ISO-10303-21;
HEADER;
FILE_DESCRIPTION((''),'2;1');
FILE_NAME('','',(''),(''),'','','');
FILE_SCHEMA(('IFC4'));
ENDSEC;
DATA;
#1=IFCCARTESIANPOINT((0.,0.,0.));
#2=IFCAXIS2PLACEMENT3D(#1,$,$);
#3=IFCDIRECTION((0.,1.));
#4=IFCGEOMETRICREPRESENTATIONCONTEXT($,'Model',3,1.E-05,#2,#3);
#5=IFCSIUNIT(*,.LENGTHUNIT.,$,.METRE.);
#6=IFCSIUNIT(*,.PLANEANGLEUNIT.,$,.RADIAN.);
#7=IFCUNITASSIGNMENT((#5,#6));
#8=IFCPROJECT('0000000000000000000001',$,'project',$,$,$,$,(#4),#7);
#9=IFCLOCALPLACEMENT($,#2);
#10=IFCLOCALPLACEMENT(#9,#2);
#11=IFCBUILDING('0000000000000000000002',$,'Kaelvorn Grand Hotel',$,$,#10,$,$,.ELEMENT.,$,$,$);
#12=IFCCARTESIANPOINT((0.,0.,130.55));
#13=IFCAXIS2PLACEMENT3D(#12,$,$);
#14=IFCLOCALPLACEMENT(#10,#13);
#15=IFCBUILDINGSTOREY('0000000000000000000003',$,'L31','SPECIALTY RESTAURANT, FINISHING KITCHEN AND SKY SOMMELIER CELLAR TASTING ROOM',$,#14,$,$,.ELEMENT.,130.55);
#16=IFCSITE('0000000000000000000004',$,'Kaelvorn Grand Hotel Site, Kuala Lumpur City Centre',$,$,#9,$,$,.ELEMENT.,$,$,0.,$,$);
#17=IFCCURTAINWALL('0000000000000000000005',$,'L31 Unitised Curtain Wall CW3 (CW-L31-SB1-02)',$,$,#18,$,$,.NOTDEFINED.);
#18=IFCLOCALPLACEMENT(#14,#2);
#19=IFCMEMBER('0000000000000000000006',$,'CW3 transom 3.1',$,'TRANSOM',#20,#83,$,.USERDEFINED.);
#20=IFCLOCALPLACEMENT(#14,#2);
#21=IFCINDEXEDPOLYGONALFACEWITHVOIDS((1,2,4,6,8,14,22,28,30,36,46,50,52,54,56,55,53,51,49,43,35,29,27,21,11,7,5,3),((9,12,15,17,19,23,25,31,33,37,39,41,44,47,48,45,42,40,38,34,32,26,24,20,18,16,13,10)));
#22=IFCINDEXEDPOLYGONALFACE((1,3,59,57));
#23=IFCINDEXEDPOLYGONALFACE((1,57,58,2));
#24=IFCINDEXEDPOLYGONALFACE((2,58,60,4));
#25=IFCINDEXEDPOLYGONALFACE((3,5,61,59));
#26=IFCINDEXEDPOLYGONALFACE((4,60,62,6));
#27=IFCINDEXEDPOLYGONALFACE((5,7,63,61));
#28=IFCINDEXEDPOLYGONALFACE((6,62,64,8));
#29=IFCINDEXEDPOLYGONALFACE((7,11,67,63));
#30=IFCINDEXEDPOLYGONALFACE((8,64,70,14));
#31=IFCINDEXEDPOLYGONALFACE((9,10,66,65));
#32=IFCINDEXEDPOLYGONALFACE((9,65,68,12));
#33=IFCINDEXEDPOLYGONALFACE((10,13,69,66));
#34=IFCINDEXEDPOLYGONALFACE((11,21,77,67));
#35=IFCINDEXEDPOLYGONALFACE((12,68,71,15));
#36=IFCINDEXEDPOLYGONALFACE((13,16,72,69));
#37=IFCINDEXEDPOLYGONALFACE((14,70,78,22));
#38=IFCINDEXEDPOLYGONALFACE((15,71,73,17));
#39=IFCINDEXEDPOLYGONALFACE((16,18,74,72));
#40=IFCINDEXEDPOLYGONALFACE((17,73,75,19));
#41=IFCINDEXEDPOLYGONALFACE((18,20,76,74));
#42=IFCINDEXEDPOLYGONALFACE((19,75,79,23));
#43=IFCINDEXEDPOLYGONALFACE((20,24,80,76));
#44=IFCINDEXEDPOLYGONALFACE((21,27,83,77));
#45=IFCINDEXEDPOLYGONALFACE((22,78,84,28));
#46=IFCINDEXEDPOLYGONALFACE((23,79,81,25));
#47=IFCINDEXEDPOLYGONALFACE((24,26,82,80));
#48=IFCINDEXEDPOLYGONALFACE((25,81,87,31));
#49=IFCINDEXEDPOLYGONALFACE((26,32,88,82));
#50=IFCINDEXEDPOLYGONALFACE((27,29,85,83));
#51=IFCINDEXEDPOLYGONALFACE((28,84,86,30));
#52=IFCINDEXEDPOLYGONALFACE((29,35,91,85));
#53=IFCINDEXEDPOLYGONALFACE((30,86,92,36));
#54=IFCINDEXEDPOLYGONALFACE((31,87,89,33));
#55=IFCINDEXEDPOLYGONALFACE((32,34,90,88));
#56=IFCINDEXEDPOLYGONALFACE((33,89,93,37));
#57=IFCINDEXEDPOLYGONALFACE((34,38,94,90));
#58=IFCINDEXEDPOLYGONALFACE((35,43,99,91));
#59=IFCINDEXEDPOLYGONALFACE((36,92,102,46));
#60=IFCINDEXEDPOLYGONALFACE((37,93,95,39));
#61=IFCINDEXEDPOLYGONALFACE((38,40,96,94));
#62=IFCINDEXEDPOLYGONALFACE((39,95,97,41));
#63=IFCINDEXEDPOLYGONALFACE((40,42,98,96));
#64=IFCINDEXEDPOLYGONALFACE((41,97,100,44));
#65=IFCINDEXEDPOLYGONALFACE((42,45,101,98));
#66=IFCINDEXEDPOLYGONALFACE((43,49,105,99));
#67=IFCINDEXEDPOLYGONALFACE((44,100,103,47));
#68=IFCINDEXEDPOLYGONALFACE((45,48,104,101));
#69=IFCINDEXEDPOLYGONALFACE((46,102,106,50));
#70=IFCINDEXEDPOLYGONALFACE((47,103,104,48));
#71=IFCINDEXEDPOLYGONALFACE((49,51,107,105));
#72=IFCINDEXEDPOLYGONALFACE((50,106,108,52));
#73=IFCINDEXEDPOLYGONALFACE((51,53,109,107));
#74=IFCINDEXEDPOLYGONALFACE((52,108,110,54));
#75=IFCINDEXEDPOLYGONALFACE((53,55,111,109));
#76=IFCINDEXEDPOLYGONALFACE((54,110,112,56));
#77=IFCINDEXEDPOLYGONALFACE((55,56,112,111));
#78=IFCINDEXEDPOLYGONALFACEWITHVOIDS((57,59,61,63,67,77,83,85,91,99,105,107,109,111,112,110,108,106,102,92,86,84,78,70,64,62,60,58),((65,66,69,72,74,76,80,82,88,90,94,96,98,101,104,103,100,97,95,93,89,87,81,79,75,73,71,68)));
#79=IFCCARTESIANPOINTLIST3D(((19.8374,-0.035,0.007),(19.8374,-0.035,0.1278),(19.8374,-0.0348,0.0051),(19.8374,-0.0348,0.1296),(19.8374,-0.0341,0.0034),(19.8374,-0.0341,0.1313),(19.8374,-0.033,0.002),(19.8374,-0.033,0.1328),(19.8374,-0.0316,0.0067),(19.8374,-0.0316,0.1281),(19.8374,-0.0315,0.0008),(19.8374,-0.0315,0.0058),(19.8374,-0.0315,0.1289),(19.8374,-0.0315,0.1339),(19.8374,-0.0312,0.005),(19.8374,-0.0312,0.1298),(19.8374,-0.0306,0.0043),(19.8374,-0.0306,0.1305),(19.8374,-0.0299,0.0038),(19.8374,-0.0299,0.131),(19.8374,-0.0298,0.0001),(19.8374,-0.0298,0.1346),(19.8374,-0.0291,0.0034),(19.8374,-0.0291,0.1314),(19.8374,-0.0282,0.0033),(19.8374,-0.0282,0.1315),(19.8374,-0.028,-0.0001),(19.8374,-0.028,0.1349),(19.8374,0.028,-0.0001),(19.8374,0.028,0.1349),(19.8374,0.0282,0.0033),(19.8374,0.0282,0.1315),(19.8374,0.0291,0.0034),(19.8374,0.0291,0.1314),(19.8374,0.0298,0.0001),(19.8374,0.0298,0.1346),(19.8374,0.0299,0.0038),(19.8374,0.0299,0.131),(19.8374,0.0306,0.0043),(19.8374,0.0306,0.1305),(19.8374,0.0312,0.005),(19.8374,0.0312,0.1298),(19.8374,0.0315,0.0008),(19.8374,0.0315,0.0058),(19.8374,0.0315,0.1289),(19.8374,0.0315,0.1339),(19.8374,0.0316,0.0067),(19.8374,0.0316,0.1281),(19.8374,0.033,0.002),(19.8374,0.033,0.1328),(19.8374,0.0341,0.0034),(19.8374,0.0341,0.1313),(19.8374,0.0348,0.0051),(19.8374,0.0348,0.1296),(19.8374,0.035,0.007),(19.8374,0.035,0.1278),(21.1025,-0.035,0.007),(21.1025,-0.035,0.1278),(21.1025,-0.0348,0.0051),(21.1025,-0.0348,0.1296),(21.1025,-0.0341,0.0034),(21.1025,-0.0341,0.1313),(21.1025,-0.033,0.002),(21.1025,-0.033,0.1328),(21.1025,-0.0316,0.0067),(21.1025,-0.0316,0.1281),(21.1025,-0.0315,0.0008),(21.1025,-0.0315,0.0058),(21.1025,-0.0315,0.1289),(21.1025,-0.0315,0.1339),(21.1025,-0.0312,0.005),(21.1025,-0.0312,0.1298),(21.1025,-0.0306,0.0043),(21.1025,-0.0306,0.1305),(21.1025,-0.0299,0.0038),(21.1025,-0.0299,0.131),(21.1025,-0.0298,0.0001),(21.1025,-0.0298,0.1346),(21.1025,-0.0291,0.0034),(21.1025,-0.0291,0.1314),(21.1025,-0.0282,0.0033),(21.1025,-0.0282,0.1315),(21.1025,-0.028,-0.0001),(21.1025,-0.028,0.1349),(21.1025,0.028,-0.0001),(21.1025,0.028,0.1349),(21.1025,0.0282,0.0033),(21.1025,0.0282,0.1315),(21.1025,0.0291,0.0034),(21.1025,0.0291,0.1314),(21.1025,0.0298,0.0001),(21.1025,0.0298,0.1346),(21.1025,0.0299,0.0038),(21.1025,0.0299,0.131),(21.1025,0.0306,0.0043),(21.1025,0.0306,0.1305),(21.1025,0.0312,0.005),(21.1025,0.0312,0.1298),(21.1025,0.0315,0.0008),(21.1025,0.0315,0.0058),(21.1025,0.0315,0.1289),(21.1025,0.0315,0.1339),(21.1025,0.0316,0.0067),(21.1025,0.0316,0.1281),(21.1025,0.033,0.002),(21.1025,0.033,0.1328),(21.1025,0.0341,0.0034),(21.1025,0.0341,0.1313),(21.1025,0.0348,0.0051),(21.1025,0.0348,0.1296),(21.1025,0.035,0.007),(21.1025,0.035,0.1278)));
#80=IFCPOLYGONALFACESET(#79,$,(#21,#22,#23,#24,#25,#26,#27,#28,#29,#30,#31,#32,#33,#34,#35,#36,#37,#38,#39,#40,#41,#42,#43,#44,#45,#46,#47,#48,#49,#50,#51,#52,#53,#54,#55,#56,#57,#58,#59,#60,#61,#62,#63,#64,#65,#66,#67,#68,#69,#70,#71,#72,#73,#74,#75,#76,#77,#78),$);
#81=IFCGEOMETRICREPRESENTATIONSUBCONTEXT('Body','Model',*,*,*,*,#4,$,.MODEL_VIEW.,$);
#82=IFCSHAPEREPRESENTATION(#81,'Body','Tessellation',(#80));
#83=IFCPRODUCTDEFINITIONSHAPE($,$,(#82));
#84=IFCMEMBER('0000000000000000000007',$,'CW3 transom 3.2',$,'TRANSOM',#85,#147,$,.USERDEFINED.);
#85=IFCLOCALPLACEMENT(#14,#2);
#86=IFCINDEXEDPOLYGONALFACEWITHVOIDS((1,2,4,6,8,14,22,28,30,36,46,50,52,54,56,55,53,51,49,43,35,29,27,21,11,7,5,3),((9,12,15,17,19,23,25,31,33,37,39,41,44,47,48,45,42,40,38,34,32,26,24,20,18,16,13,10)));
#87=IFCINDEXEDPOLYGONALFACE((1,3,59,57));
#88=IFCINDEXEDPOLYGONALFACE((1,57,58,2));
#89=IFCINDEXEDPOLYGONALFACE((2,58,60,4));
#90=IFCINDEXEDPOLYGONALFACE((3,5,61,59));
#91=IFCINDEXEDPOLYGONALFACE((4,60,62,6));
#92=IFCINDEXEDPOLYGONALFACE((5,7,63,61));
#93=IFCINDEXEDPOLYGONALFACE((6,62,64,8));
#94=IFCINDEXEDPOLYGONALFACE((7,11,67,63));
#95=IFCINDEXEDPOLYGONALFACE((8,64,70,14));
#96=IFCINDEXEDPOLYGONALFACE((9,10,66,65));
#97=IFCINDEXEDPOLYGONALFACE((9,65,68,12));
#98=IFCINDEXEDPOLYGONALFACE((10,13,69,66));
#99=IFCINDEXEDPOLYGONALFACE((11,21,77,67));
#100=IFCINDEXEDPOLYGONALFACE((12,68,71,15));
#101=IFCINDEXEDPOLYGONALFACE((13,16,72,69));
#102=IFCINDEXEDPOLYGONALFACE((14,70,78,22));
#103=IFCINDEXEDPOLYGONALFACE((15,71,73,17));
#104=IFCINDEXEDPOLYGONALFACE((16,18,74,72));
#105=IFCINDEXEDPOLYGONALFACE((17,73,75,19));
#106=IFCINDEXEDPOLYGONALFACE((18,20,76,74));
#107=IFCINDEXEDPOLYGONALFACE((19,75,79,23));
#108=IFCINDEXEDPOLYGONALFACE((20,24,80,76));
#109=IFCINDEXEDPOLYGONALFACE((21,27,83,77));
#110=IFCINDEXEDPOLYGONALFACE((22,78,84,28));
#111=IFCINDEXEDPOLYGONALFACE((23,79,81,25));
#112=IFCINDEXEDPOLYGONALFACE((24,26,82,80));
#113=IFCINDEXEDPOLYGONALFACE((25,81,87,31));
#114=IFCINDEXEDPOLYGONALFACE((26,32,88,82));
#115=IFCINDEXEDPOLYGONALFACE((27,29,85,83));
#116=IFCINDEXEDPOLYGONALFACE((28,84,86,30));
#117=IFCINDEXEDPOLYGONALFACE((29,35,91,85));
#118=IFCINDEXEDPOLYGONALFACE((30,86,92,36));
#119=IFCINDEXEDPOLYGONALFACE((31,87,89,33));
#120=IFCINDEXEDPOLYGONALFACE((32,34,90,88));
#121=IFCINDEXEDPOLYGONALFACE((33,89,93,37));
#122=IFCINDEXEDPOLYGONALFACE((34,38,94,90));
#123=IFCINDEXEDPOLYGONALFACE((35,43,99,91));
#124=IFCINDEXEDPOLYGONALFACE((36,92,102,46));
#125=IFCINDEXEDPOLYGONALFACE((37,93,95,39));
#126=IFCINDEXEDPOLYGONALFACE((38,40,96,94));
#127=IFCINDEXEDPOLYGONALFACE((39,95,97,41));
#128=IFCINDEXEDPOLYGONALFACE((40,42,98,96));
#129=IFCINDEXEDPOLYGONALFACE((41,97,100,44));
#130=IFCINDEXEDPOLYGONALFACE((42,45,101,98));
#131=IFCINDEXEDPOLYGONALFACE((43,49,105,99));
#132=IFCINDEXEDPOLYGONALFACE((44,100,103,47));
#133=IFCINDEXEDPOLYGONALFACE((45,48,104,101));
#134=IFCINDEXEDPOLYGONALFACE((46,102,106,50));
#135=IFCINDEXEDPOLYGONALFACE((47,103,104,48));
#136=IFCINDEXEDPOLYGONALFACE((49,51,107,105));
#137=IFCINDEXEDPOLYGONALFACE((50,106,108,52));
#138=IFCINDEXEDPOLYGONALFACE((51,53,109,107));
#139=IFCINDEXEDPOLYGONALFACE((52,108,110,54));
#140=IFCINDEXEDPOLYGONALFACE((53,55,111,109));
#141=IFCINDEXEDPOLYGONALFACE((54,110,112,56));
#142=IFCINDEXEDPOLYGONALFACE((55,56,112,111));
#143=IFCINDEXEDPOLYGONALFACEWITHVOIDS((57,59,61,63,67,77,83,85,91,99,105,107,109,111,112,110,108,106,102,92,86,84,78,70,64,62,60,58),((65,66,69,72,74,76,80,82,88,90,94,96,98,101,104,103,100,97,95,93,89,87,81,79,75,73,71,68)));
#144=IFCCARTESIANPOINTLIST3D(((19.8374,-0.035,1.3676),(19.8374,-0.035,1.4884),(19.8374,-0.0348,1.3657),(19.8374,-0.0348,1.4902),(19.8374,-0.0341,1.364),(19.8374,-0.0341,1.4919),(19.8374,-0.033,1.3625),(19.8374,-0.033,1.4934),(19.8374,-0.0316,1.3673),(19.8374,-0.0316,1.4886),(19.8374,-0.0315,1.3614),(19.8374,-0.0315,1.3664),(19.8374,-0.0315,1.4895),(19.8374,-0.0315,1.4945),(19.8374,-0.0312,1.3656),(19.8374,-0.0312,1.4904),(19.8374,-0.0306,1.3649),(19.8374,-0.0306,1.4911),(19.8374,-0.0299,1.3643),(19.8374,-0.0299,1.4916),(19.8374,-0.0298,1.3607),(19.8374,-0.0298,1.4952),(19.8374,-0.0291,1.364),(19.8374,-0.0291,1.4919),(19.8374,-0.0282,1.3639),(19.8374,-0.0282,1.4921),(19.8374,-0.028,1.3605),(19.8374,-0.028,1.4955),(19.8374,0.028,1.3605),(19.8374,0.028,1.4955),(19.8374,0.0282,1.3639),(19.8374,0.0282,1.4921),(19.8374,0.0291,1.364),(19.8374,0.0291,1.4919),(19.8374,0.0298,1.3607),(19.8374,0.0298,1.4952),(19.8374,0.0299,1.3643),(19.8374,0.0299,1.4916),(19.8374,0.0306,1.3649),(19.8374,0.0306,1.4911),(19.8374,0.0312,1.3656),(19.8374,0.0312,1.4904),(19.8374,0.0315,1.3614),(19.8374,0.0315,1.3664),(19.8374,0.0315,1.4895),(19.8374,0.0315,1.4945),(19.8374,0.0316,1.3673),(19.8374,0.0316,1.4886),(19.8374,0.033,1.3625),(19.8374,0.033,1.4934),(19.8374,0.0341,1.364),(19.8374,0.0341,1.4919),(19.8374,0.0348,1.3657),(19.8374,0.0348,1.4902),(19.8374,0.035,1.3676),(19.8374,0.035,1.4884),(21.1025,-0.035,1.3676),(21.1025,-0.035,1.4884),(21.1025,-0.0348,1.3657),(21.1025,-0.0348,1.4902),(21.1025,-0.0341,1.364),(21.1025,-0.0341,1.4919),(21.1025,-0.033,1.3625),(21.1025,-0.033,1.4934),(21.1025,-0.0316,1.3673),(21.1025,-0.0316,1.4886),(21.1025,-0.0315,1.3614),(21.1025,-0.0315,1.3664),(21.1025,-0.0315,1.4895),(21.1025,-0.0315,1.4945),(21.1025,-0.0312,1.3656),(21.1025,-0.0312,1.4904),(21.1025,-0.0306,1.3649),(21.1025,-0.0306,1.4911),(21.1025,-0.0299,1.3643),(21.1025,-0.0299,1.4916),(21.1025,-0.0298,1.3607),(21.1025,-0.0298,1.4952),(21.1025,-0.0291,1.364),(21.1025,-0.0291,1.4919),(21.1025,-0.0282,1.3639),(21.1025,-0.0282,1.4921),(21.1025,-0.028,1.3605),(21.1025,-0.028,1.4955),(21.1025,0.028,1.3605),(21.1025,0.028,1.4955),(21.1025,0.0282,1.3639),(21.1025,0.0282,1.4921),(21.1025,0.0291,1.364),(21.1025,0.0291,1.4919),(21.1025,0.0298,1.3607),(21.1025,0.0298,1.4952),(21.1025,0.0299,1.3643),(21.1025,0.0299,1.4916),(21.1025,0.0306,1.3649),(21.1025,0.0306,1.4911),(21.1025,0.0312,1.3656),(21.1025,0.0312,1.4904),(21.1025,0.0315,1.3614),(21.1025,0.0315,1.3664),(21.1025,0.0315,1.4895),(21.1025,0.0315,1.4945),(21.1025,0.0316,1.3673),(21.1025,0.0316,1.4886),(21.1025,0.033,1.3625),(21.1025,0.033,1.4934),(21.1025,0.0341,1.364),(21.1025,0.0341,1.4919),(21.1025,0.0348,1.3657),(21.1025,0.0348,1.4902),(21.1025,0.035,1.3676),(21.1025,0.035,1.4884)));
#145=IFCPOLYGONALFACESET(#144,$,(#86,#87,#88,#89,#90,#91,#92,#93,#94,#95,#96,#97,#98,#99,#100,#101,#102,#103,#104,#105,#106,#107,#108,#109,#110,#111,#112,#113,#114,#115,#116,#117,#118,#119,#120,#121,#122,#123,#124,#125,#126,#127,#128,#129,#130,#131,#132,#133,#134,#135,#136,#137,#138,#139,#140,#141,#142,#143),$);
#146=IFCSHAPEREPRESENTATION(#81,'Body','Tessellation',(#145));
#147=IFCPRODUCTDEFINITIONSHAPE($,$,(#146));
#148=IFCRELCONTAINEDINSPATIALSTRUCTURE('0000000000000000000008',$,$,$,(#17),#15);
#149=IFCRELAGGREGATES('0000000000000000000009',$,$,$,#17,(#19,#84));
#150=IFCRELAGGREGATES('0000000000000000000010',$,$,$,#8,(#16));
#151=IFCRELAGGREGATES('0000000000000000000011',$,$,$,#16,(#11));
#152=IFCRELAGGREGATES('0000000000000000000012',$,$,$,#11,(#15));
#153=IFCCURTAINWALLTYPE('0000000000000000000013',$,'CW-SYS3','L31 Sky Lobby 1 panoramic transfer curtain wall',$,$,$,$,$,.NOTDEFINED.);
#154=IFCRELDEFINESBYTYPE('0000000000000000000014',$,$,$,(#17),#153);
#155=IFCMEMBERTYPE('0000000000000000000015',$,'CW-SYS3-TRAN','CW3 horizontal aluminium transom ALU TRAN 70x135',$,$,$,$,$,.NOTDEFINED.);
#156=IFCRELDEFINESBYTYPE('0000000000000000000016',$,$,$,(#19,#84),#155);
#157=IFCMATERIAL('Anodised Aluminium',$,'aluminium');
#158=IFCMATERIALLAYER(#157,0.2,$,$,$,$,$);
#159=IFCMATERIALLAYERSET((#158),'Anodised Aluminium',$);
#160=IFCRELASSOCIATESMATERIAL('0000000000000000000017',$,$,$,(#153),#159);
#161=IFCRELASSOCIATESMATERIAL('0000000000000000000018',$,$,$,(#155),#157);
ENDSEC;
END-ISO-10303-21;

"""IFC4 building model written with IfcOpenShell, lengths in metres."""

from ifc_helpers import new_model, si_unit, direction, frame, origin, origin_2d, place, context, subcontext, project, spatial, hollow_rectangle, extrude, material, layer, layer_set, material_profile, profile_set, type_object, element, aggregate, save


model = new_model("IFC4")

# Units and contexts
model_context = context("Model", 3, precision=1e-05, world=origin(), true_north=direction((0.0, 1.0)))
body_context = subcontext(model_context, "Body", "Model", "MODEL_VIEW")
ifc_project = project(units=[si_unit("LENGTHUNIT", "METRE"), si_unit("PLANEANGLEUNIT", "RADIAN")], contexts=[model_context])

# Site, building, storey
site_placement = place(None, origin())
site = spatial("IfcSite", under=ifc_project, at=site_placement, Name="Kaelvorn Grand Hotel Site, Kuala Lumpur City Centre", CompositionType="ELEMENT", RefElevation=0.0)
building_placement = place(site_placement, origin())
building = spatial("IfcBuilding", under=site, at=building_placement, Name="Kaelvorn Grand Hotel", CompositionType="ELEMENT")
storey_placement = place(building_placement, frame((0.0, 0.0, 130.55)))
storey = spatial("IfcBuildingStorey", under=building, at=storey_placement, Name="L31", Description="SPECIALTY RESTAURANT, FINISHING KITCHEN AND SKY SOMMELIER CELLAR TASTING ROOM", CompositionType="ELEMENT", Elevation=130.55)

# Curtain wall, members
ifc_material_1 = material(Name="Anodised Aluminium", Category="aluminium")
ifc_layer_1 = layer(ifc_material_1, 0.2)
ifc_layer_set_1 = layer_set([ifc_layer_1], Name="Anodised Aluminium")
curtain_wall_type = type_object("IfcCurtainWallType", Name="CW-SYS3", Description="L31 Sky Lobby 1 panoramic transfer curtain wall", PredefinedType="NOTDEFINED", material=ifc_layer_set_1)
curtain_wall_placement = place(storey_placement, origin())
curtain_wall = element("IfcCurtainWall", 1, at=curtain_wall_placement, inside=storey, type_object=curtain_wall_type, Name="L31 Unitised Curtain Wall CW3 (CW-L31-SB1-02)", PredefinedType="NOTDEFINED")
ifc_material_profile_1 = material_profile(ifc_material_1, hollow_rectangle(XDim=0.0701, YDim=0.135, WallThickness=0.0034, InnerFilletRadius=0.0034, OuterFilletRadius=0.0071, at=origin_2d()), Name="ALU TRAN 70x135")
ifc_profile_set_1 = profile_set([ifc_material_profile_1], Name="Anodised Aluminium")
member_type_1 = type_object("IfcMemberType", Name="CW-SYS3-TRAN", Description="CW3 horizontal aluminium transom ALU TRAN 70x135", PredefinedType="NOTDEFINED", material=ifc_profile_set_1)
member_1_placement = place(storey_placement, frame((19.8374, 0.0, 0.0674), z_axis=(1.0, 0.0, 0.0), x_axis=(0.0, 1.0, 0.0)))
member_1 = element("IfcMember", 2, at=member_1_placement, type_object=member_type_1, Name="CW3 transom 3.1", ObjectType="TRANSOM", PredefinedType="USERDEFINED", context=body_context, shape_type="SweptSolid", body=[
    extrude(hollow_rectangle(XDim=0.0701, YDim=0.135, WallThickness=0.0034, InnerFilletRadius=0.0034, OuterFilletRadius=0.0071, at=origin_2d()), origin(), (0.0, 0.0, 1.0), 1.2651),
])
member_2_placement = place(storey_placement, frame((19.8374, 0.0, 1.428), z_axis=(1.0, 0.0, 0.0), x_axis=(0.0, 1.0, 0.0)))
member_2 = element("IfcMember", 3, at=member_2_placement, type_object=member_type_1, Name="CW3 transom 3.2", ObjectType="TRANSOM", PredefinedType="USERDEFINED", context=body_context, shape_type="SweptSolid", body=[
    extrude(hollow_rectangle(XDim=0.0701, YDim=0.135, WallThickness=0.0034, InnerFilletRadius=0.0034, OuterFilletRadius=0.0071, at=origin_2d()), origin(), (0.0, 0.0, 1.0), 1.2651),
])
aggregate(curtain_wall, [member_1, member_2])

save(model, "model.ifc")
